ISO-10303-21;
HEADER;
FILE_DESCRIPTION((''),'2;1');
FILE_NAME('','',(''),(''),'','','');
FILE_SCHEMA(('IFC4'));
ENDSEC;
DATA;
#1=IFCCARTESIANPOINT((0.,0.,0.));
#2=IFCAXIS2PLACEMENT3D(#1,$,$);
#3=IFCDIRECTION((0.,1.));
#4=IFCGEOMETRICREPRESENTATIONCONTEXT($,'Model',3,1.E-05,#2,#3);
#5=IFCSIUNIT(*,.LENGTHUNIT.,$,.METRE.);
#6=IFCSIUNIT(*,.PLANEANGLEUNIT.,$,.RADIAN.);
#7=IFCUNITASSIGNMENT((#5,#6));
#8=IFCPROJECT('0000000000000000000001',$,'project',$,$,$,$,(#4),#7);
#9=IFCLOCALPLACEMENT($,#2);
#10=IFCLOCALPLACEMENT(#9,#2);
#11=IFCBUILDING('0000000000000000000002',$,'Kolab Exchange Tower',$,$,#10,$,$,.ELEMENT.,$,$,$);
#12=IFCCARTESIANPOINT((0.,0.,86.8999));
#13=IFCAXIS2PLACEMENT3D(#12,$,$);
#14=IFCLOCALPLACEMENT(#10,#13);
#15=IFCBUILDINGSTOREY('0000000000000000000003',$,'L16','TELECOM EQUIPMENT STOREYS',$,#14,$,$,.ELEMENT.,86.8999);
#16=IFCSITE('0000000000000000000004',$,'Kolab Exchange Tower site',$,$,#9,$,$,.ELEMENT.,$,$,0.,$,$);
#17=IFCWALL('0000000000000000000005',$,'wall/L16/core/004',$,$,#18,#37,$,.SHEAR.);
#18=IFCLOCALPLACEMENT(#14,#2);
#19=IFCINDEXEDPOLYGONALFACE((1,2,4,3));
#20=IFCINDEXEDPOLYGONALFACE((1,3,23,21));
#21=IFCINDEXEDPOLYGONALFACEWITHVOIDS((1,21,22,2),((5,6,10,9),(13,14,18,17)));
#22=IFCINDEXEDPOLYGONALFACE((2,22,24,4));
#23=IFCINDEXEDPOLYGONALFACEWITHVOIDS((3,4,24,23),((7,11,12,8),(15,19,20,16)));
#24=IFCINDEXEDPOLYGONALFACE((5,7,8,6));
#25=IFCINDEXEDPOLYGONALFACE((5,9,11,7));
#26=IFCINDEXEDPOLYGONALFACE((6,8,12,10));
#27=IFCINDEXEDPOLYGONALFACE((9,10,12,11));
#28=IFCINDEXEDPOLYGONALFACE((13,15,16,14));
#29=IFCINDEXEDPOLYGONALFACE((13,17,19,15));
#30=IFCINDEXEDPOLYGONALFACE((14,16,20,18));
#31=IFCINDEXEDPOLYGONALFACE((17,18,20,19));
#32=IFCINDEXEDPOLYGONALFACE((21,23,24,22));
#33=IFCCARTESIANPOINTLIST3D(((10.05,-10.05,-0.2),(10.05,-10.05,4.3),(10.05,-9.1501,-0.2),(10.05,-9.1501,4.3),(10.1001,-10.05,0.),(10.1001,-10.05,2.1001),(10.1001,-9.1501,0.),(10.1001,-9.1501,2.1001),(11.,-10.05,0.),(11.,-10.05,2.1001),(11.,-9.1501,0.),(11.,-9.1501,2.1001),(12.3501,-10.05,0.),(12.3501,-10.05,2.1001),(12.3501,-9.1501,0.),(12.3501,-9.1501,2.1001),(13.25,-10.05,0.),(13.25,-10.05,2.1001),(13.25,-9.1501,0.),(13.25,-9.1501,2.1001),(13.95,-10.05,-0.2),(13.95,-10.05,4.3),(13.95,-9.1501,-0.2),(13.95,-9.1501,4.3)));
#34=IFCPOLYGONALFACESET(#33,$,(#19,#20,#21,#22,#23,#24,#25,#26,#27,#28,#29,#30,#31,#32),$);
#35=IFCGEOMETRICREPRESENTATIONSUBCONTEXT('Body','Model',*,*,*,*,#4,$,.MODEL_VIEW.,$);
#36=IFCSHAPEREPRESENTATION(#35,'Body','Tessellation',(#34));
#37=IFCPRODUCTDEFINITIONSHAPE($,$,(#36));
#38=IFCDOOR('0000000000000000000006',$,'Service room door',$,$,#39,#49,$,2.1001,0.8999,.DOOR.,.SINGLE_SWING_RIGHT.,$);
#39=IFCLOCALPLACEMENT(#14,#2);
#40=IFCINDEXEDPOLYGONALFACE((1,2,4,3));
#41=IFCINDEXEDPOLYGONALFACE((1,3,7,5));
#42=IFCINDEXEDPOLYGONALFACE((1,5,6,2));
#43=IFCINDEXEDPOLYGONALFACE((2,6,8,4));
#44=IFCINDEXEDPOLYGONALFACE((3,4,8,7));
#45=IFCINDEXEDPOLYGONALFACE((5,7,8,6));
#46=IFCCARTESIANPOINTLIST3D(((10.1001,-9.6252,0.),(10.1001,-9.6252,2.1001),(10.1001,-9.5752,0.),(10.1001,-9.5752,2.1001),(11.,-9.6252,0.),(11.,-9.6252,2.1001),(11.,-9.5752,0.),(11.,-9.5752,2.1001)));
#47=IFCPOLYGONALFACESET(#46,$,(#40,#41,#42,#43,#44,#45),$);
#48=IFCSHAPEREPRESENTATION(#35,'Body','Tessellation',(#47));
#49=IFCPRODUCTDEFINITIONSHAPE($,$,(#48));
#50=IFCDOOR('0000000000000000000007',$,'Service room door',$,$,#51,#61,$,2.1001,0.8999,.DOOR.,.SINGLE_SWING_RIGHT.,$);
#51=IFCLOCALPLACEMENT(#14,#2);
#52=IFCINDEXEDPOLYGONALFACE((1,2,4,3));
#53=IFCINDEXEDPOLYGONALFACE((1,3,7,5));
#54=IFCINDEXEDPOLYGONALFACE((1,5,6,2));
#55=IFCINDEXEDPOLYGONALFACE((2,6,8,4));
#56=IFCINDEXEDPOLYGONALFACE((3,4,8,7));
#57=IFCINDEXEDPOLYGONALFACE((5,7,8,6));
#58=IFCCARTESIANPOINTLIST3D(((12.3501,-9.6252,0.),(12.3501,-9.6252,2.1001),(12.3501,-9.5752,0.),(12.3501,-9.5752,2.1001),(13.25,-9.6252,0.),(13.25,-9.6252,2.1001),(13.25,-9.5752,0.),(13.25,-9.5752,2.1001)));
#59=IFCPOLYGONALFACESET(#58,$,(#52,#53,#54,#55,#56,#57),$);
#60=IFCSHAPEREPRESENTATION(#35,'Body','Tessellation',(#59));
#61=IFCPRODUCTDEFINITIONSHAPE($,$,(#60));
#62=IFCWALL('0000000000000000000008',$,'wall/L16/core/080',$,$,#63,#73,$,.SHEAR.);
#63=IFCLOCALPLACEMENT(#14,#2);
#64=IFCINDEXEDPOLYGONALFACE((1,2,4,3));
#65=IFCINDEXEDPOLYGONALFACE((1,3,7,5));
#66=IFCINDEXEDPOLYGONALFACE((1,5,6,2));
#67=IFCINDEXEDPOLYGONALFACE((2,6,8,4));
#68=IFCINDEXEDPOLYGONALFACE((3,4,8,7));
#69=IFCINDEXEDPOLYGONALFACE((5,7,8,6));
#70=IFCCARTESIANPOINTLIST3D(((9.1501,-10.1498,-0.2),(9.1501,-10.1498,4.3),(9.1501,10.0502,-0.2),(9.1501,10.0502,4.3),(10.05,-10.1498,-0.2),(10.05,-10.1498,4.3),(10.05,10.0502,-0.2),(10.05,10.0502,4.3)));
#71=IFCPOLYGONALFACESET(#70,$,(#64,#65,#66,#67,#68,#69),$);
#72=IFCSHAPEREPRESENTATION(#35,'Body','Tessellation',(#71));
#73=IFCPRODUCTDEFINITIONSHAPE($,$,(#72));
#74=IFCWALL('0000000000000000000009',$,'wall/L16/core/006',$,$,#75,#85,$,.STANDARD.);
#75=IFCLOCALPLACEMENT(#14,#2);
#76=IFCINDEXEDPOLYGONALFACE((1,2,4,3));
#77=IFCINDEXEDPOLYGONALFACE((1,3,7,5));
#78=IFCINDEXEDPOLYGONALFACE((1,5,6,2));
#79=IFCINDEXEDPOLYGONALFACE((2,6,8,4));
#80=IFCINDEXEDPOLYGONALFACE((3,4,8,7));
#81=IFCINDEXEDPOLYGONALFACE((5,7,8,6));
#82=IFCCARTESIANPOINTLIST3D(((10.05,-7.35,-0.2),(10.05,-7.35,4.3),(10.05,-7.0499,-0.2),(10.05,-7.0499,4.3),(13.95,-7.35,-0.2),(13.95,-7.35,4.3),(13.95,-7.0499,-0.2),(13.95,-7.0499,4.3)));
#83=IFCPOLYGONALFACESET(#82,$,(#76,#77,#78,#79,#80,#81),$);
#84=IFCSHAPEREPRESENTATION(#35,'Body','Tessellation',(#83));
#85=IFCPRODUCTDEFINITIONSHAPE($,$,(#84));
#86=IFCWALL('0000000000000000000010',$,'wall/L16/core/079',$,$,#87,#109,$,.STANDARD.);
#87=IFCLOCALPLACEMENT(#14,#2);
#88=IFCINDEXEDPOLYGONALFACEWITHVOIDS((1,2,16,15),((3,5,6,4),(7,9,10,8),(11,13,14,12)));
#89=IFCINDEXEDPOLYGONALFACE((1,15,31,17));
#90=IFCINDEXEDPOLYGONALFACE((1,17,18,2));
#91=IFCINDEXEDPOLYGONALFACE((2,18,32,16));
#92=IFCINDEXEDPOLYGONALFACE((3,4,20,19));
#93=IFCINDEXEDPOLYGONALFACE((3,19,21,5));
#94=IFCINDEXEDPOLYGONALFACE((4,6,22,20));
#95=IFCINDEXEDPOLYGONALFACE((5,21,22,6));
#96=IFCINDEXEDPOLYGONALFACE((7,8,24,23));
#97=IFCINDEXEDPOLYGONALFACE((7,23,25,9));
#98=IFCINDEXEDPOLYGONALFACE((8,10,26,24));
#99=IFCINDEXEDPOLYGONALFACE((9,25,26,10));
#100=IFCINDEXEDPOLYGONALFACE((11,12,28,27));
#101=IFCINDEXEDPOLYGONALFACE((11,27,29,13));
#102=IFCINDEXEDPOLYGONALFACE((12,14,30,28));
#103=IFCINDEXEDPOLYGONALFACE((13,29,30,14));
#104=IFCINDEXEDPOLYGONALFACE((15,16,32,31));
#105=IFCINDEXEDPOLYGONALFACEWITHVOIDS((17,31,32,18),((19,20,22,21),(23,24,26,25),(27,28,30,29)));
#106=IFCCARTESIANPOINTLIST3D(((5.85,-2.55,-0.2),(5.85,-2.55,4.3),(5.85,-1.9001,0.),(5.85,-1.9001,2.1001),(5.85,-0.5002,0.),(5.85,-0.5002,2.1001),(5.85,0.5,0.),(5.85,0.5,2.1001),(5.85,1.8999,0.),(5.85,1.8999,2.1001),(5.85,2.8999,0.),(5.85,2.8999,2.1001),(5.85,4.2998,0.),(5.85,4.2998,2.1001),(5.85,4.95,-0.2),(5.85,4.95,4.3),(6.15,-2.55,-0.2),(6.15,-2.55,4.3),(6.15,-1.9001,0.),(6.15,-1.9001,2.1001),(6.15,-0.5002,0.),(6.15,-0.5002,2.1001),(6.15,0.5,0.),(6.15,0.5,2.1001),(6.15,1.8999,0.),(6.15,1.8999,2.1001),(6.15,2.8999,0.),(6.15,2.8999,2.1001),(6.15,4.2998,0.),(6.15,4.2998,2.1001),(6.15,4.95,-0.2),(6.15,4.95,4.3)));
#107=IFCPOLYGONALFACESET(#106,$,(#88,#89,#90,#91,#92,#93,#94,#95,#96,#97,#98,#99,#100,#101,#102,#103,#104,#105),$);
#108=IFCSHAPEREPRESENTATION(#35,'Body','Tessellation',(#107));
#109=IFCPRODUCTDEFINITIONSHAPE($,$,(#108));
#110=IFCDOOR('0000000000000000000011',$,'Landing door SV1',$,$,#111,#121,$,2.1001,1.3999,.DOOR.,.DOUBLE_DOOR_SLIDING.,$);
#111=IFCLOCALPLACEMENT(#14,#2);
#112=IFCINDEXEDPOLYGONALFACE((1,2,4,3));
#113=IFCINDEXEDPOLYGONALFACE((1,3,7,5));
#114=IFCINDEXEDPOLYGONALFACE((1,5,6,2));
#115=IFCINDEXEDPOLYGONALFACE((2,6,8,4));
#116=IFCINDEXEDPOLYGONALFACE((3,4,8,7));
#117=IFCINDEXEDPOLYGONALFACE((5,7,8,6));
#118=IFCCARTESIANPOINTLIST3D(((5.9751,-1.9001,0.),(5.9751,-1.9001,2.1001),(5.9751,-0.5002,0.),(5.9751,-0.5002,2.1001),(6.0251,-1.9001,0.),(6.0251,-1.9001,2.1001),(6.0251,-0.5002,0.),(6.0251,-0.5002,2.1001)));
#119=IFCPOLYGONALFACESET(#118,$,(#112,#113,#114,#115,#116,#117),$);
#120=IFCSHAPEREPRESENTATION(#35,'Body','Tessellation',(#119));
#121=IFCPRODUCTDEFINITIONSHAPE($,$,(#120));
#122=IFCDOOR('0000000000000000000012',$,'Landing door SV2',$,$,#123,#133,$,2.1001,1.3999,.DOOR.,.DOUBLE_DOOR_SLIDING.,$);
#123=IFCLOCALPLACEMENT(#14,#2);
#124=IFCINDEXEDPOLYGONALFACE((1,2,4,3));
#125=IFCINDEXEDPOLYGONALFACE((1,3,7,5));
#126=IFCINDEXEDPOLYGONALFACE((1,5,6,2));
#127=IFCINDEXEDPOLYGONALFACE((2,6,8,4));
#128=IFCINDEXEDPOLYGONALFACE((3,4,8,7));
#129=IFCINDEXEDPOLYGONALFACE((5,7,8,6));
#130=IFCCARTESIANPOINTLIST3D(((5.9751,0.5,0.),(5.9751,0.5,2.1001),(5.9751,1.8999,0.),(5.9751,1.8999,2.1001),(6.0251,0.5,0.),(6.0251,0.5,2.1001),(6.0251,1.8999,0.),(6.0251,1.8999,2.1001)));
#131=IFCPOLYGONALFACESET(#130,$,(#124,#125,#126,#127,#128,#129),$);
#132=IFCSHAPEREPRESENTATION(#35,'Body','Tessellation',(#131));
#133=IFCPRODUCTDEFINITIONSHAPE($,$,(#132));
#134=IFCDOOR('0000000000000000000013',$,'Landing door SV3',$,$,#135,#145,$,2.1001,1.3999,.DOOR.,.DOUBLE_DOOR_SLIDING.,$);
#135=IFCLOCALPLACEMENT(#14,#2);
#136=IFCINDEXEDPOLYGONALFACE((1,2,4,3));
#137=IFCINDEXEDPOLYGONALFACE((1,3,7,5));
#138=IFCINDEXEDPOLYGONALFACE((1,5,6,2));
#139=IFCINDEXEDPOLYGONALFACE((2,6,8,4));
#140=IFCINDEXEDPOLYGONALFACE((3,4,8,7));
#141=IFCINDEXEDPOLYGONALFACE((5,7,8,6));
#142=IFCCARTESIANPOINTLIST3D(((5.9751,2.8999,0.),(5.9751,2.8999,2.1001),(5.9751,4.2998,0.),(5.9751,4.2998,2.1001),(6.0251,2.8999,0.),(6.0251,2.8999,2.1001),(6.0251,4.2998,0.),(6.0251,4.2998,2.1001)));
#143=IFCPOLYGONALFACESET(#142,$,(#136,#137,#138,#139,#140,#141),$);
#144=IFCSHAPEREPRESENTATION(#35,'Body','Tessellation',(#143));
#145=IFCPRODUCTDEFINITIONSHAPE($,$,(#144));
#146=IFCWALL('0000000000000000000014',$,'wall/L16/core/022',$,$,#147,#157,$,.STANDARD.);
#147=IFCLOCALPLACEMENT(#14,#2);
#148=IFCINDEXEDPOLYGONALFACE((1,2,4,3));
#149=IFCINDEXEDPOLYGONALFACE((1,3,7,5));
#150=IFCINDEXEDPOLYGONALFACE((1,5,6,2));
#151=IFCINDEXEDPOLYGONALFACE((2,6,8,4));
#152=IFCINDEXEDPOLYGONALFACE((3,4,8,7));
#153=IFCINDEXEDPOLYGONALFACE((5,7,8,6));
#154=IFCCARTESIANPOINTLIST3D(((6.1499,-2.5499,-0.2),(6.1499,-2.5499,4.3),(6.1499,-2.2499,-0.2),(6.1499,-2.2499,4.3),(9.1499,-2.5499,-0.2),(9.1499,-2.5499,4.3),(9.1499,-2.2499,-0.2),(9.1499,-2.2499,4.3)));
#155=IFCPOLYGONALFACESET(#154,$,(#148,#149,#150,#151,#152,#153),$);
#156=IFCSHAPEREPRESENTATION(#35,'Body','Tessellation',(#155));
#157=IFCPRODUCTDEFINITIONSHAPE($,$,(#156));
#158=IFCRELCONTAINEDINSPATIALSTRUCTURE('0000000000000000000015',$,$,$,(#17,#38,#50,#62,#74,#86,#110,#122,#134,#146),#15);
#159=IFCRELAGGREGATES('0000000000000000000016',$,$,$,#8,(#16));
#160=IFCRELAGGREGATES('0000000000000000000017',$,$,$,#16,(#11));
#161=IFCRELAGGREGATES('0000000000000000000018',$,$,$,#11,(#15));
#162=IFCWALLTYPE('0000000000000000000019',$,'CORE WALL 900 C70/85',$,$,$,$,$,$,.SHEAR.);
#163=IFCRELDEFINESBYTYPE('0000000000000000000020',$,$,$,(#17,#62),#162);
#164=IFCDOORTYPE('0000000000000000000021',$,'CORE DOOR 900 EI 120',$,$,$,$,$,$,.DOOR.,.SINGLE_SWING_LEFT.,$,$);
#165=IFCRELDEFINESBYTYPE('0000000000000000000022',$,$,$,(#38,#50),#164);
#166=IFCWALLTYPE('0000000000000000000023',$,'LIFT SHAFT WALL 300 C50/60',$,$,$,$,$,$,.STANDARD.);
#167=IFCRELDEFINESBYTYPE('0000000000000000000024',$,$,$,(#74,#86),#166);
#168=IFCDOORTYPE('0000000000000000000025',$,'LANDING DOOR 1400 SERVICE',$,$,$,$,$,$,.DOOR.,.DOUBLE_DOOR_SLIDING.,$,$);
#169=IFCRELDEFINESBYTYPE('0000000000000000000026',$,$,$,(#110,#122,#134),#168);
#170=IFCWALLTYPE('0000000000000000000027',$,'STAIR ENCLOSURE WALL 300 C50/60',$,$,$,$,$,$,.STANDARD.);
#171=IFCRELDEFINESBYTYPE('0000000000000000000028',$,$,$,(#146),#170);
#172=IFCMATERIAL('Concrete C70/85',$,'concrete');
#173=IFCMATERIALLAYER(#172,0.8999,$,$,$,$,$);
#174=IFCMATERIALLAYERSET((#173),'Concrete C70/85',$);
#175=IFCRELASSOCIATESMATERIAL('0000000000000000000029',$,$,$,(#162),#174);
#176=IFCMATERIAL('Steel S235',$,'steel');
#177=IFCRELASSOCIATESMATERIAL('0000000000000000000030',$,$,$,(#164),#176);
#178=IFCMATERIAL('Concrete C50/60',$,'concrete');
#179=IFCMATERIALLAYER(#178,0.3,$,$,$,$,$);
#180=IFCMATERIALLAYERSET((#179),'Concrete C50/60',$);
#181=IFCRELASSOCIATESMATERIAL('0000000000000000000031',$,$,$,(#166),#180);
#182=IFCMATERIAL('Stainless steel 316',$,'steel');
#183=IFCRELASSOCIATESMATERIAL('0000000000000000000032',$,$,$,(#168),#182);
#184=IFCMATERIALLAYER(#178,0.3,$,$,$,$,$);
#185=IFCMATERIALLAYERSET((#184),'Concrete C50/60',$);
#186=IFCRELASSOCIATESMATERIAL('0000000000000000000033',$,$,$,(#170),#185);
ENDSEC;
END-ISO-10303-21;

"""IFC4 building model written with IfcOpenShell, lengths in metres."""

from ifc_helpers import new_model, si_unit, direction, frame, frame_2d, origin, place, context, subcontext, project, spatial, rectangle, extrude, material, layer, layer_set, type_object, element, fill, save


model = new_model("IFC4")

# Units and contexts
model_context = context("Model", 3, precision=1e-05, world=origin(), true_north=direction((0.0, 1.0)))
body_context = subcontext(model_context, "Body", "Model", "MODEL_VIEW")
ifc_project = project(units=[si_unit("LENGTHUNIT", "METRE"), si_unit("PLANEANGLEUNIT", "RADIAN")], contexts=[model_context])

# Site, building, storey
site_placement = place(None, origin())
site = spatial("IfcSite", under=ifc_project, at=site_placement, Name="Kolab Exchange Tower site", CompositionType="ELEMENT", RefElevation=0.0)
building_placement = place(site_placement, origin())
building = spatial("IfcBuilding", under=site, at=building_placement, Name="Kolab Exchange Tower", CompositionType="ELEMENT")
storey_placement = place(building_placement, frame((0.0, 0.0, 86.8999)))
storey = spatial("IfcBuildingStorey", under=building, at=storey_placement, Name="L16", Description="TELECOM EQUIPMENT STOREYS", CompositionType="ELEMENT", Elevation=86.8999)

# Wall, openings, doors
ifc_material_1 = material(Name="Concrete C70/85", Category="concrete")
ifc_layer_1 = layer(ifc_material_1, 0.8999)
ifc_layer_set_1 = layer_set([ifc_layer_1], Name="Concrete C70/85")
wall_type_1 = type_object("IfcWallType", Name="CORE WALL 900 C70/85", PredefinedType="SHEAR", material=ifc_layer_set_1)
wall_1_placement = place(storey_placement, frame((10.05, -9.6001, -0.2), z_axis=(0.0, 0.0, 1.0), x_axis=(1.0, 0.0, 0.0)))
wall_1 = element("IfcWall", 1, at=wall_1_placement, inside=storey, type_object=wall_type_1, Name="wall/L16/core/004", PredefinedType="SHEAR", context=body_context, shape_type="SweptSolid", body=[
    extrude(rectangle(XDim=3.8999, YDim=0.8999, at=frame_2d((1.95, 0.0))), origin(), (0.0, 0.0, 1.0), 4.5),
])
opening_1_placement = place(wall_1_placement, frame((0.05, 0.0, 0.2)))
opening_1 = element("IfcOpeningElement", 2, at=opening_1_placement, cuts=wall_1, PredefinedType="OPENING", context=body_context, shape_type="SweptSolid", body=[
    extrude(rectangle(XDim=0.8999, YDim=2.1001, at=frame_2d((0.45, 1.05))), frame((0.0, 0.46, 0.0), z_axis=(0.0, -1.0, 0.0), x_axis=(1.0, 0.0, 0.0)), (0.0, 0.0, 1.0), 0.9199),
])
opening_2_placement = place(wall_1_placement, frame((2.3, 0.0, 0.2)))
opening_2 = element("IfcOpeningElement", 3, at=opening_2_placement, cuts=wall_1, PredefinedType="OPENING", context=body_context, shape_type="SweptSolid", body=[
    extrude(rectangle(XDim=0.8999, YDim=2.1001, at=frame_2d((0.45, 1.05))), frame((0.0, 0.46, 0.0), z_axis=(0.0, -1.0, 0.0), x_axis=(1.0, 0.0, 0.0)), (0.0, 0.0, 1.0), 0.9199),
])
ifc_material_2 = material(Name="Steel S235", Category="steel")
door_type_1 = type_object("IfcDoorType", Name="CORE DOOR 900 EI 120", OperationType="SINGLE_SWING_LEFT", PredefinedType="DOOR", material=ifc_material_2)
door_1_placement = place(opening_1_placement, origin())
door_1 = element("IfcDoor", 4, at=door_1_placement, inside=storey, type_object=door_type_1, Name="Service room door", OperationType="SINGLE_SWING_RIGHT", OverallHeight=2.1001, OverallWidth=0.8999, PredefinedType="DOOR", context=body_context, shape_type="SweptSolid", body=[
    extrude(rectangle(XDim=0.8999, YDim=2.1001, at=frame_2d((0.45, 1.05))), frame((0.0, 0.0249, 0.0), z_axis=(0.0, -1.0, 0.0), x_axis=(1.0, 0.0, 0.0)), (0.0, 0.0, 1.0), 0.05),
])
fill(opening_1, door_1)
door_2_placement = place(opening_2_placement, origin())
door_2 = element("IfcDoor", 5, at=door_2_placement, inside=storey, type_object=door_type_1, Name="Service room door", OperationType="SINGLE_SWING_RIGHT", OverallHeight=2.1001, OverallWidth=0.8999, PredefinedType="DOOR", context=body_context, shape_type="SweptSolid", body=[
    extrude(rectangle(XDim=0.8999, YDim=2.1001, at=frame_2d((0.45, 1.05))), frame((0.0, 0.0249, 0.0), z_axis=(0.0, -1.0, 0.0), x_axis=(1.0, 0.0, 0.0)), (0.0, 0.0, 1.0), 0.05),
])
fill(opening_2, door_2)

# Walls
wall_2_placement = place(storey_placement, frame((9.6001, -10.1499, -0.2), z_axis=(0.0, 0.0, 1.0), x_axis=(0.0, 1.0, 0.0)))
element("IfcWall", 6, at=wall_2_placement, inside=storey, type_object=wall_type_1, Name="wall/L16/core/080", PredefinedType="SHEAR", context=body_context, shape_type="SweptSolid", body=[
    extrude(rectangle(XDim=20.2, YDim=0.8999, at=frame_2d((10.1001, 0.0))), origin(), (0.0, 0.0, 1.0), 4.5),
])
ifc_material_3 = material(Name="Concrete C50/60", Category="concrete")
ifc_layer_2 = layer(ifc_material_3, 0.3)
ifc_layer_set_2 = layer_set([ifc_layer_2], Name="Concrete C50/60")
wall_type_2 = type_object("IfcWallType", Name="LIFT SHAFT WALL 300 C50/60", PredefinedType="STANDARD", material=ifc_layer_set_2)
wall_3_placement = place(storey_placement, frame((10.05, -7.2, -0.2), z_axis=(0.0, 0.0, 1.0), x_axis=(1.0, 0.0, 0.0)))
element("IfcWall", 7, at=wall_3_placement, inside=storey, type_object=wall_type_2, Name="wall/L16/core/006", PredefinedType="STANDARD", context=body_context, shape_type="SweptSolid", body=[
    extrude(rectangle(XDim=3.8999, YDim=0.3, at=frame_2d((1.95, 0.0))), origin(), (0.0, 0.0, 1.0), 4.5),
])

# Wall, openings, doors
wall_4_placement = place(storey_placement, frame((6.0, -2.55, -0.2), z_axis=(0.0, 0.0, 1.0), x_axis=(0.0, 1.0, 0.0)))
wall_4 = element("IfcWall", 8, at=wall_4_placement, inside=storey, type_object=wall_type_2, Name="wall/L16/core/079", PredefinedType="STANDARD", context=body_context, shape_type="SweptSolid", body=[
    extrude(rectangle(XDim=7.5, YDim=0.3, at=frame_2d((3.75, 0.0))), origin(), (0.0, 0.0, 1.0), 4.5),
])
opening_3_placement = place(wall_4_placement, frame((0.6499, 0.0, 0.2)))
opening_3 = element("IfcOpeningElement", 9, at=opening_3_placement, cuts=wall_4, PredefinedType="OPENING", context=body_context, shape_type="SweptSolid", body=[
    extrude(rectangle(XDim=1.3999, YDim=2.1001, at=frame_2d((0.7, 1.05))), frame((0.0, 0.1602, 0.0), z_axis=(0.0, -1.0, 0.0), x_axis=(1.0, 0.0, 0.0)), (0.0, 0.0, 1.0), 0.3201),
])
opening_4_placement = place(wall_4_placement, frame((3.05, 0.0, 0.2)))
opening_4 = element("IfcOpeningElement", 10, at=opening_4_placement, cuts=wall_4, PredefinedType="OPENING", context=body_context, shape_type="SweptSolid", body=[
    extrude(rectangle(XDim=1.3999, YDim=2.1001, at=frame_2d((0.7, 1.05))), frame((0.0, 0.1602, 0.0), z_axis=(0.0, -1.0, 0.0), x_axis=(1.0, 0.0, 0.0)), (0.0, 0.0, 1.0), 0.3201),
])
opening_5_placement = place(wall_4_placement, frame((5.45, 0.0, 0.2)))
opening_5 = element("IfcOpeningElement", 11, at=opening_5_placement, cuts=wall_4, PredefinedType="OPENING", context=body_context, shape_type="SweptSolid", body=[
    extrude(rectangle(XDim=1.3999, YDim=2.1001, at=frame_2d((0.7, 1.05))), frame((0.0, 0.1602, 0.0), z_axis=(0.0, -1.0, 0.0), x_axis=(1.0, 0.0, 0.0)), (0.0, 0.0, 1.0), 0.3201),
])
ifc_material_4 = material(Name="Stainless steel 316", Category="steel")
door_type_2 = type_object("IfcDoorType", Name="LANDING DOOR 1400 SERVICE", OperationType="DOUBLE_DOOR_SLIDING", PredefinedType="DOOR", material=ifc_material_4)
door_3_placement = place(opening_3_placement, origin())
door_3 = element("IfcDoor", 12, at=door_3_placement, inside=storey, type_object=door_type_2, Name="Landing door SV1", OperationType="DOUBLE_DOOR_SLIDING", OverallHeight=2.1001, OverallWidth=1.3999, PredefinedType="DOOR", context=body_context, shape_type="SweptSolid", body=[
    extrude(rectangle(XDim=1.3999, YDim=2.1001, at=frame_2d((0.7, 1.05))), frame((0.0, 0.0249, 0.0), z_axis=(0.0, -1.0, 0.0), x_axis=(1.0, 0.0, 0.0)), (0.0, 0.0, 1.0), 0.05),
])
fill(opening_3, door_3)
door_4_placement = place(opening_4_placement, origin())
door_4 = element("IfcDoor", 13, at=door_4_placement, inside=storey, type_object=door_type_2, Name="Landing door SV2", OperationType="DOUBLE_DOOR_SLIDING", OverallHeight=2.1001, OverallWidth=1.3999, PredefinedType="DOOR", context=body_context, shape_type="SweptSolid", body=[
    extrude(rectangle(XDim=1.3999, YDim=2.1001, at=frame_2d((0.7, 1.05))), frame((0.0, 0.0249, 0.0), z_axis=(0.0, -1.0, 0.0), x_axis=(1.0, 0.0, 0.0)), (0.0, 0.0, 1.0), 0.05),
])
fill(opening_4, door_4)
door_5_placement = place(opening_5_placement, origin())
door_5 = element("IfcDoor", 14, at=door_5_placement, inside=storey, type_object=door_type_2, Name="Landing door SV3", OperationType="DOUBLE_DOOR_SLIDING", OverallHeight=2.1001, OverallWidth=1.3999, PredefinedType="DOOR", context=body_context, shape_type="SweptSolid", body=[
    extrude(rectangle(XDim=1.3999, YDim=2.1001, at=frame_2d((0.7, 1.05))), frame((0.0, 0.0249, 0.0), z_axis=(0.0, -1.0, 0.0), x_axis=(1.0, 0.0, 0.0)), (0.0, 0.0, 1.0), 0.05),
])
fill(opening_5, door_5)

# Wall
ifc_layer_3 = layer(ifc_material_3, 0.3)
ifc_layer_set_3 = layer_set([ifc_layer_3], Name="Concrete C50/60")
wall_type_3 = type_object("IfcWallType", Name="STAIR ENCLOSURE WALL 300 C50/60", PredefinedType="STANDARD", material=ifc_layer_set_3)
wall_5_placement = place(storey_placement, frame((6.1499, -2.3999, -0.2), z_axis=(0.0, 0.0, 1.0), x_axis=(1.0, 0.0, 0.0)))
element("IfcWall", 15, at=wall_5_placement, inside=storey, type_object=wall_type_3, Name="wall/L16/core/022", PredefinedType="STANDARD", context=body_context, shape_type="SweptSolid", body=[
    extrude(rectangle(XDim=3.0, YDim=0.3, at=frame_2d((1.5, 0.0))), origin(), (0.0, 0.0, 1.0), 4.5),
])

save(model, "model.ifc")
